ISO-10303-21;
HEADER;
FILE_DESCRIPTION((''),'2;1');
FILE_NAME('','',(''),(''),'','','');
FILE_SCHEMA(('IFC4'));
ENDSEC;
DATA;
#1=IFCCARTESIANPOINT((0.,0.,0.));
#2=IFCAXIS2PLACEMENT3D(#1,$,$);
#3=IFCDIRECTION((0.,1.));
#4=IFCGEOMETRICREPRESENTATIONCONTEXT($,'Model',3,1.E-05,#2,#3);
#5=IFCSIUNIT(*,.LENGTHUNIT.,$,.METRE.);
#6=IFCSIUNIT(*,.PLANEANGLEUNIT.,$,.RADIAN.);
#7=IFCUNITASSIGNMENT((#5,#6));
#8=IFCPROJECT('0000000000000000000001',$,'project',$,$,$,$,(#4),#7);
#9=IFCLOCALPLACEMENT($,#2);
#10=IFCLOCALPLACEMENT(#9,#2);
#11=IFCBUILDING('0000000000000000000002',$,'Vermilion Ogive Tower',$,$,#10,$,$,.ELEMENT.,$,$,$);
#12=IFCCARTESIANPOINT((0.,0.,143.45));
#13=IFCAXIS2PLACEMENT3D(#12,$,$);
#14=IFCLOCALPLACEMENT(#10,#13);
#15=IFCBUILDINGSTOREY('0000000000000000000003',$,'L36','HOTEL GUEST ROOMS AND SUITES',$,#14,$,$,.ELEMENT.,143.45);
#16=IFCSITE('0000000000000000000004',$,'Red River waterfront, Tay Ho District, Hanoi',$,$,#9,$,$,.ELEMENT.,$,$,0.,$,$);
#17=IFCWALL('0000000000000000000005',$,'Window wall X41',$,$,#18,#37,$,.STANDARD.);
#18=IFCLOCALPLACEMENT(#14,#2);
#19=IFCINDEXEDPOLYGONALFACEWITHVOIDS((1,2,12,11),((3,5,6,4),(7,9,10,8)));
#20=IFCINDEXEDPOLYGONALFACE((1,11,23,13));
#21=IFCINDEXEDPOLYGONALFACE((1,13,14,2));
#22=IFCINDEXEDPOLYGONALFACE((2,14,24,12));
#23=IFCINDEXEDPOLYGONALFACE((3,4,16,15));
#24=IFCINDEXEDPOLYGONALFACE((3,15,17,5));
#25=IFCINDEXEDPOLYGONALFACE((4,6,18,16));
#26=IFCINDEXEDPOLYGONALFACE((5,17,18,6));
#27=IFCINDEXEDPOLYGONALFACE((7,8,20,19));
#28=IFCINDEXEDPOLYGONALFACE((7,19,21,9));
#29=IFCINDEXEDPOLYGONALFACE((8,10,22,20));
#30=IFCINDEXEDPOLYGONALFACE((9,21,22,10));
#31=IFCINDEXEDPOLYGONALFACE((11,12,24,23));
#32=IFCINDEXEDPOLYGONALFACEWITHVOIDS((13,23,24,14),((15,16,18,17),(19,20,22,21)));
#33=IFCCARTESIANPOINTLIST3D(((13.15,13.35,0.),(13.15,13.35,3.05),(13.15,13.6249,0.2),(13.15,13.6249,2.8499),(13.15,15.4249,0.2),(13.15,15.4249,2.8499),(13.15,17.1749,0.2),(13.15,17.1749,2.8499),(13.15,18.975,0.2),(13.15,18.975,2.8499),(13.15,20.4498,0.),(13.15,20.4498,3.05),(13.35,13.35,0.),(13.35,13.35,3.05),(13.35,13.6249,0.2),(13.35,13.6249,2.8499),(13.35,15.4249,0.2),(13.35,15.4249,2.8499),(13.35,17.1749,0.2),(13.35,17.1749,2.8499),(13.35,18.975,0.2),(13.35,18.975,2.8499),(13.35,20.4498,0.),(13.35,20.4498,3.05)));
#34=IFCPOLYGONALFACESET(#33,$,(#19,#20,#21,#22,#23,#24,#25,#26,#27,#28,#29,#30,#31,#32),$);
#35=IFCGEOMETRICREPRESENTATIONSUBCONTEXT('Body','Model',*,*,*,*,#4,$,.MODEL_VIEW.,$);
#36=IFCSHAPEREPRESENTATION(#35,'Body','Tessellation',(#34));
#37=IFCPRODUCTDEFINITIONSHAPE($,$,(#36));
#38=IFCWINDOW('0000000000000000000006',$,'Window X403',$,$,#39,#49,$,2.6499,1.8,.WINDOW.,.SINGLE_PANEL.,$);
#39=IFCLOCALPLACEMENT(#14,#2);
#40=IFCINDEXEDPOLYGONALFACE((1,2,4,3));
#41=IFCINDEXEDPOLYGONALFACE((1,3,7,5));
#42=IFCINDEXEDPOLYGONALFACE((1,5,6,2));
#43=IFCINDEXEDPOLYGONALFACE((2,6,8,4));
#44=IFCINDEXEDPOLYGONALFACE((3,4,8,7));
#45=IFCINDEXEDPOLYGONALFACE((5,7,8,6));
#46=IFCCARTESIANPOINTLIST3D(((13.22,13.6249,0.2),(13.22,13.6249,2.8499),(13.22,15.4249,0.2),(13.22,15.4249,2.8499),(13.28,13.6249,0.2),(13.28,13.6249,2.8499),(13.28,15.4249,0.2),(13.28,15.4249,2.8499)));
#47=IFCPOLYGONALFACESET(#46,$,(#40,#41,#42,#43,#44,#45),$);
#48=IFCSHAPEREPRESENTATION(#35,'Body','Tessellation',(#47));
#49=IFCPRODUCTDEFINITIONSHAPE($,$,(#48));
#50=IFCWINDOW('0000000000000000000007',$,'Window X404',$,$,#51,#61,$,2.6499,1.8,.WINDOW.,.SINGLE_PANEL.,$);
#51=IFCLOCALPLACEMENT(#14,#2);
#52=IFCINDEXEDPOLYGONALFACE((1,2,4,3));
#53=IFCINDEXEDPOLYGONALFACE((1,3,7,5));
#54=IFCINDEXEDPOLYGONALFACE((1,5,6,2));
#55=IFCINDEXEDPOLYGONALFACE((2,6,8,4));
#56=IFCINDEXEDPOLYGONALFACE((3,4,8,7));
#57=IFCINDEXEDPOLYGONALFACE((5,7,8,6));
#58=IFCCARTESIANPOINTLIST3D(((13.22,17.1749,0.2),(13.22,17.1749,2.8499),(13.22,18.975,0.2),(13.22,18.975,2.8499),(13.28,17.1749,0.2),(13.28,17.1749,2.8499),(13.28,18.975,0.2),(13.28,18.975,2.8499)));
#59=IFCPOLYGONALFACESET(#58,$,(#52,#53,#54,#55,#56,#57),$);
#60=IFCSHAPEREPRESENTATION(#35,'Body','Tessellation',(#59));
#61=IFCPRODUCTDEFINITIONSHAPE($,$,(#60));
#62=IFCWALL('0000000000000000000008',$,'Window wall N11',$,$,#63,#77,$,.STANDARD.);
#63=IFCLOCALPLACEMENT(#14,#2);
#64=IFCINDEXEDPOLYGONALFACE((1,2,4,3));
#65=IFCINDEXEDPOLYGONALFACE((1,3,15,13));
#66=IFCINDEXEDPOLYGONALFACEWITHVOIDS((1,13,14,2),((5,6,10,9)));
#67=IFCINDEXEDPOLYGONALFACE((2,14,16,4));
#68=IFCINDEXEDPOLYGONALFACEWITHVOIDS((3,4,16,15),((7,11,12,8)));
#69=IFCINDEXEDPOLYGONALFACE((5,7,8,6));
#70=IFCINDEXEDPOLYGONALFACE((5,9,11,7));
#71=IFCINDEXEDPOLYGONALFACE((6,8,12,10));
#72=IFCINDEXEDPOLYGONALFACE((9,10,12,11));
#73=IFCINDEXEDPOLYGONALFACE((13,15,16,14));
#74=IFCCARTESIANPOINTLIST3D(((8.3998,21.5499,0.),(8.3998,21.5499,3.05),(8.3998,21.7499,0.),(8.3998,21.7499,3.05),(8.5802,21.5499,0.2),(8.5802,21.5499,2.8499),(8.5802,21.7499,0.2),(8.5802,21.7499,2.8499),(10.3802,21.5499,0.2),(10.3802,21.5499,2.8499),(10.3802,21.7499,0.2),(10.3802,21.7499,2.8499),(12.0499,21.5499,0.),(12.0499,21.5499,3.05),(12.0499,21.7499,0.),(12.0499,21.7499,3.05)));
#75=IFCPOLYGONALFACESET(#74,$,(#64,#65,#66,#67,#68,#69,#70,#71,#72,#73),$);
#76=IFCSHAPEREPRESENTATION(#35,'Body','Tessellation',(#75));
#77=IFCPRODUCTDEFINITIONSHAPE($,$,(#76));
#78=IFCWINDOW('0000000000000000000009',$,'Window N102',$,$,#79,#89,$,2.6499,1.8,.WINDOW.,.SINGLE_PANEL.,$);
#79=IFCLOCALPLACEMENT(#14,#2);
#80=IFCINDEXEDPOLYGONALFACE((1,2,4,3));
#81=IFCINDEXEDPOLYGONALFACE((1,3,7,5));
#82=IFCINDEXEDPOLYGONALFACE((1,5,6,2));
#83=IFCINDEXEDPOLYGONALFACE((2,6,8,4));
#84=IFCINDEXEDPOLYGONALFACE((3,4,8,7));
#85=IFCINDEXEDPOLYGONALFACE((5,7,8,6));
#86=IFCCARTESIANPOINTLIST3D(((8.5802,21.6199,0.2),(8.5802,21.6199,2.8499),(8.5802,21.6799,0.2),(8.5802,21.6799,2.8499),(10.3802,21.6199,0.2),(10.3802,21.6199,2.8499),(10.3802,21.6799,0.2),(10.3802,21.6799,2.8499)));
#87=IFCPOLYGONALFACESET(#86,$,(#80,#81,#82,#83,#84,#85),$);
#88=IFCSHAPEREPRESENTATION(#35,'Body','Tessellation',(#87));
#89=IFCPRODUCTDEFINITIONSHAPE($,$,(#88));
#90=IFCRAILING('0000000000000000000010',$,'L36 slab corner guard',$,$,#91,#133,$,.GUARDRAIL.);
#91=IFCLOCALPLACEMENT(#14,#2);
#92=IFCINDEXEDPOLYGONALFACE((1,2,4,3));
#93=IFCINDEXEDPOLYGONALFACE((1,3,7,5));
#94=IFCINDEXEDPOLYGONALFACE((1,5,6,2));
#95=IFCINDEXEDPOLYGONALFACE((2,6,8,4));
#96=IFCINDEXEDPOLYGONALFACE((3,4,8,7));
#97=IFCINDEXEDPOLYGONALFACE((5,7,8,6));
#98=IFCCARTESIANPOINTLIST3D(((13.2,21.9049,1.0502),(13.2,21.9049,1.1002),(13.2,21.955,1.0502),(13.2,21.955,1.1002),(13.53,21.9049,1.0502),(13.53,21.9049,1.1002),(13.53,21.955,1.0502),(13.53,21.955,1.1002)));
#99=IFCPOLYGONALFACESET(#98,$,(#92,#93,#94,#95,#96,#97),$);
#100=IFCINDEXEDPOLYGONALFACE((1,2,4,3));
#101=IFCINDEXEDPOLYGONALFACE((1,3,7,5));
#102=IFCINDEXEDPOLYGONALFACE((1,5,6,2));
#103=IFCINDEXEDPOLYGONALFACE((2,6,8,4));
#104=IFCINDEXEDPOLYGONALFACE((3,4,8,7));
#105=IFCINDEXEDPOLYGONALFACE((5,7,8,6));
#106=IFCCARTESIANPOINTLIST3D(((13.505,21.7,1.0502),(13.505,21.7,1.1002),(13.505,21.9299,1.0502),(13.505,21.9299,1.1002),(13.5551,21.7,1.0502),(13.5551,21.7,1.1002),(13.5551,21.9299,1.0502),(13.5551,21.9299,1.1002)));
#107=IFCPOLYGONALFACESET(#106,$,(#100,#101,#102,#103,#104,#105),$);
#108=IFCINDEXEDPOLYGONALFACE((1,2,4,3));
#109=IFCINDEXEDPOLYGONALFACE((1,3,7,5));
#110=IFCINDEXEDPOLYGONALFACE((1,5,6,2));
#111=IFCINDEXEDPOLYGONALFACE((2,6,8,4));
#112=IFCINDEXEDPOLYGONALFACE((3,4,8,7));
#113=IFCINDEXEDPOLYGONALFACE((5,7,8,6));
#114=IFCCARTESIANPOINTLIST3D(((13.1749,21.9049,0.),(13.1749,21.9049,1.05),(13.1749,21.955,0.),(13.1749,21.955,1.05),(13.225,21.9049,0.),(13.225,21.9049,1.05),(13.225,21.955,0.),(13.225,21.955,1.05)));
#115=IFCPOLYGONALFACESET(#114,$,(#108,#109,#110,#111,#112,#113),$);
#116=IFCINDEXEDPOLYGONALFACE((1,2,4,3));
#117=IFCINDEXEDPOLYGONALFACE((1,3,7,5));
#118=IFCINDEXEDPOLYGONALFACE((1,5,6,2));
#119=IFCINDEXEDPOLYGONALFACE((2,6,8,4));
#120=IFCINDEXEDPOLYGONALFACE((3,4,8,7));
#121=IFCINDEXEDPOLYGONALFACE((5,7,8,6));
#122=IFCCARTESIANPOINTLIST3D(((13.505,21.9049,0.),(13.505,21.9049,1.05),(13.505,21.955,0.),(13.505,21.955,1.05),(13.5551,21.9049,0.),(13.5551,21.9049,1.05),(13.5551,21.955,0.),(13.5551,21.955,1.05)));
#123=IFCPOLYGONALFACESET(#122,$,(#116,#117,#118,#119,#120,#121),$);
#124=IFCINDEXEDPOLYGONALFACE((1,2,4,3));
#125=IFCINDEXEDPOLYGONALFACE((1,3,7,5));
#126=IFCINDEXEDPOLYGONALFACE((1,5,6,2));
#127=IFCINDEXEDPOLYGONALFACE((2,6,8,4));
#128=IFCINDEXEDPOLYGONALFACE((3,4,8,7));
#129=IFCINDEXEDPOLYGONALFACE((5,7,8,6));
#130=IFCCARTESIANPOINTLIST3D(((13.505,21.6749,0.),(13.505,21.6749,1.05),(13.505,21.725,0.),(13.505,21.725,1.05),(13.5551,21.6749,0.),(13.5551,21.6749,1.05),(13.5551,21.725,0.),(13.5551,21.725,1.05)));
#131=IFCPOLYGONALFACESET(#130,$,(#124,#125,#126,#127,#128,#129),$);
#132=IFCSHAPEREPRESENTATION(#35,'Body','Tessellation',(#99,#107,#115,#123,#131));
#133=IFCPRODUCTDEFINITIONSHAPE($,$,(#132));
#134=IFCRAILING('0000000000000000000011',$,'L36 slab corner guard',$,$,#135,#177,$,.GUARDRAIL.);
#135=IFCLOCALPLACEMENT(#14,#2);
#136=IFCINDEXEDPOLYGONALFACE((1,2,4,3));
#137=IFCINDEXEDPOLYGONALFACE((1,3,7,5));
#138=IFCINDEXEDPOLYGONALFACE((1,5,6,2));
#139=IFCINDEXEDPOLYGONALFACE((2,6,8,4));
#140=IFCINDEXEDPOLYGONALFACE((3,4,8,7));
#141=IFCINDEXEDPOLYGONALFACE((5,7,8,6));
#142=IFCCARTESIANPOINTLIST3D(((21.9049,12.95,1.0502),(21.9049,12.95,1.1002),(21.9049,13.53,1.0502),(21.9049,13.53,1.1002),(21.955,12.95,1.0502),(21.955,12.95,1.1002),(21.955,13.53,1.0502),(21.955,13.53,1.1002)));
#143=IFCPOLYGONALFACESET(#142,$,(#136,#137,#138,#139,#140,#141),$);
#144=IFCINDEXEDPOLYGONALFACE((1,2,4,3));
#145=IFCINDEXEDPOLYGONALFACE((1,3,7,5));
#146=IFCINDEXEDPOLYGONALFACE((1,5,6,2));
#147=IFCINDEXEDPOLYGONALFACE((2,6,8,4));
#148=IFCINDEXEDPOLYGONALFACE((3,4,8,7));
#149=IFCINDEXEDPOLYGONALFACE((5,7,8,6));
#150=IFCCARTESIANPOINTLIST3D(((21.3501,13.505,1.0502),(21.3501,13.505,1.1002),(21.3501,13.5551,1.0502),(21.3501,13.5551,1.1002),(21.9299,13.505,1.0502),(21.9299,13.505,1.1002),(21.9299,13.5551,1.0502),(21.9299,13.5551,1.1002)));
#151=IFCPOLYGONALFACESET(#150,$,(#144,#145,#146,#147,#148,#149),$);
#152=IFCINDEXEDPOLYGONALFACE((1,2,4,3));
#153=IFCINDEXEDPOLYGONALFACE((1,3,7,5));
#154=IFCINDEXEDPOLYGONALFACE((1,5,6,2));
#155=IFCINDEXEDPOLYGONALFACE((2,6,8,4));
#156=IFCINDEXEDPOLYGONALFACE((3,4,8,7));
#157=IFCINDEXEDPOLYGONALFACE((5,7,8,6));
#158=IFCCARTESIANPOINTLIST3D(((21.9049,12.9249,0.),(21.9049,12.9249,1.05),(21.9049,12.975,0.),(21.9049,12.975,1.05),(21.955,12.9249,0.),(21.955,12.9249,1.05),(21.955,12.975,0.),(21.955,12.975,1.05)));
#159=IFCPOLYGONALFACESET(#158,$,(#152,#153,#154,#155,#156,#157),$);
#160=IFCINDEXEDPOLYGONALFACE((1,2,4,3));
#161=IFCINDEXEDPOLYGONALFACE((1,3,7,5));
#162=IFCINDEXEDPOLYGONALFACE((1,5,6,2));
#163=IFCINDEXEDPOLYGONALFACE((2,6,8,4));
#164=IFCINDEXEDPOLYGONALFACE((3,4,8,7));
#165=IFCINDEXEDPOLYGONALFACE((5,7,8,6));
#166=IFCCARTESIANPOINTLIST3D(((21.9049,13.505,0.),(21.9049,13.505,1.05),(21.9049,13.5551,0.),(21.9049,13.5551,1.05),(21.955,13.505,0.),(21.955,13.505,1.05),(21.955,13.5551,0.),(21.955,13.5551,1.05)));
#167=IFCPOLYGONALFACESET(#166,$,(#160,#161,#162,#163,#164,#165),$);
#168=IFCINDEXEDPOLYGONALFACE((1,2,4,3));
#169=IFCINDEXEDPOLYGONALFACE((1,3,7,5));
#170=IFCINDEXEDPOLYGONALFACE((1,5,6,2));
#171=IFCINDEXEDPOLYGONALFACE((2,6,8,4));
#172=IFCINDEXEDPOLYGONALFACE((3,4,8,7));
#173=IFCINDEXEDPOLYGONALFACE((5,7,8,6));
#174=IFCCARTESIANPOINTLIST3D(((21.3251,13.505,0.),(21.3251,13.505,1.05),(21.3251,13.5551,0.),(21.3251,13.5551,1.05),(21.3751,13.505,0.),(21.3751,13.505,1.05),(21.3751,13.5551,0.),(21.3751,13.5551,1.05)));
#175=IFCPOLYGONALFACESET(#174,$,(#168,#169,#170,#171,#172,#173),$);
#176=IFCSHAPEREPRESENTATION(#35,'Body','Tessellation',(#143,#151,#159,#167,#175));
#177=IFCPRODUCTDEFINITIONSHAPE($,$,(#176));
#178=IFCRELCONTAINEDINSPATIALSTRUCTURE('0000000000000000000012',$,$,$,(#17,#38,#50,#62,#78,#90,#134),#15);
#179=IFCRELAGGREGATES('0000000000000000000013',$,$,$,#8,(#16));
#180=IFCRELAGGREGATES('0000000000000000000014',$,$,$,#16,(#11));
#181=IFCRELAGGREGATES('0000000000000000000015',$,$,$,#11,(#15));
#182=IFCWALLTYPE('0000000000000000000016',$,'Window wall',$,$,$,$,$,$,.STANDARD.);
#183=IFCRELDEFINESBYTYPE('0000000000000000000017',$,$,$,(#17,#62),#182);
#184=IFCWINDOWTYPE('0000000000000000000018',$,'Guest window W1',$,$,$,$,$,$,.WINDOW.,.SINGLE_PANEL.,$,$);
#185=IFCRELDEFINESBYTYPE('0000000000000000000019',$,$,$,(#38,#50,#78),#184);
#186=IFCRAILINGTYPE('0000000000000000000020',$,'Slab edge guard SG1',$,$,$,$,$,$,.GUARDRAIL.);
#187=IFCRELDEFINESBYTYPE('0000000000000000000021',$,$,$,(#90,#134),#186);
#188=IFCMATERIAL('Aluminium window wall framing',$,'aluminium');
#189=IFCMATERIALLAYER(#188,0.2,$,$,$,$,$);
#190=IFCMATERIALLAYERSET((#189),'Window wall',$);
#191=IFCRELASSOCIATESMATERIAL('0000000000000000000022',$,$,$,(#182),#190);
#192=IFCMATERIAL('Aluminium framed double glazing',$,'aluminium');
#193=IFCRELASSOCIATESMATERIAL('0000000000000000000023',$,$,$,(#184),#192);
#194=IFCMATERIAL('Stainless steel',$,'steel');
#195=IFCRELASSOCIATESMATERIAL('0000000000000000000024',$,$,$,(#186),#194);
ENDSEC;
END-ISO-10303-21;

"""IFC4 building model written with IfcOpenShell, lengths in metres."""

from ifc_helpers import new_model, si_unit, direction, frame, frame_2d, origin, origin_2d, place, context, subcontext, project, spatial, rectangle, extrude, material, layer, layer_set, type_object, element, fill, save


model = new_model("IFC4")

# Units and contexts
model_context = context("Model", 3, precision=1e-05, world=origin(), true_north=direction((0.0, 1.0)))
body_context = subcontext(model_context, "Body", "Model", "MODEL_VIEW")
ifc_project = project(units=[si_unit("LENGTHUNIT", "METRE"), si_unit("PLANEANGLEUNIT", "RADIAN")], contexts=[model_context])

# Site, building, storey
site_placement = place(None, origin())
site = spatial("IfcSite", under=ifc_project, at=site_placement, Name="Red River waterfront, Tay Ho District, Hanoi", CompositionType="ELEMENT", RefElevation=0.0)
building_placement = place(site_placement, origin())
building = spatial("IfcBuilding", under=site, at=building_placement, Name="Vermilion Ogive Tower", CompositionType="ELEMENT")
storey_placement = place(building_placement, frame((0.0, 0.0, 143.45)))
storey = spatial("IfcBuildingStorey", under=building, at=storey_placement, Name="L36", Description="HOTEL GUEST ROOMS AND SUITES", CompositionType="ELEMENT", Elevation=143.45)

# Shared definitions
ifc_material_1 = material(Name="Aluminium window wall framing", Category="aluminium")
ifc_layer_1 = layer(ifc_material_1, 0.2)
ifc_layer_set_1 = layer_set([ifc_layer_1], Name="Window wall")
wall_type_1 = type_object("IfcWallType", Name="Window wall", PredefinedType="STANDARD", material=ifc_layer_set_1)

# Wall, openings, windows
wall_1_placement = place(storey_placement, frame((13.25, 13.3501, 0.0), z_axis=(0.0, 0.0, 1.0), x_axis=(0.0, 1.0, 0.0)))
wall_1 = element("IfcWall", 1, at=wall_1_placement, inside=storey, type_object=wall_type_1, Name="Window wall X41", PredefinedType="STANDARD", context=body_context, shape_type="SweptSolid", body=[
    extrude(rectangle(XDim=7.0999, YDim=0.2, at=frame_2d((3.5498, 0.0))), origin(), (0.0, 0.0, 1.0), 3.05),
])
opening_1_placement = place(wall_1_placement, frame((0.2749, 0.0, 0.2)))
opening_1 = element("IfcOpeningElement", 2, at=opening_1_placement, cuts=wall_1, PredefinedType="OPENING", context=body_context, shape_type="SweptSolid", body=[
    extrude(rectangle(XDim=1.8, YDim=2.6499, at=frame_2d((0.8999, 1.325))), frame((0.0, 0.1099, 0.0), z_axis=(0.0, -1.0, 0.0), x_axis=(1.0, 0.0, 0.0)), (0.0, 0.0, 1.0), 0.22),
])
opening_2_placement = place(wall_1_placement, frame((3.825, 0.0, 0.2)))
opening_2 = element("IfcOpeningElement", 3, at=opening_2_placement, cuts=wall_1, PredefinedType="OPENING", context=body_context, shape_type="SweptSolid", body=[
    extrude(rectangle(XDim=1.8, YDim=2.6499, at=frame_2d((0.8999, 1.325))), frame((0.0, 0.1099, 0.0), z_axis=(0.0, -1.0, 0.0), x_axis=(1.0, 0.0, 0.0)), (0.0, 0.0, 1.0), 0.22),
])
ifc_material_2 = material(Name="Aluminium framed double glazing", Category="aluminium")
window_type = type_object("IfcWindowType", Name="Guest window W1", PartitioningType="SINGLE_PANEL", PredefinedType="WINDOW", material=ifc_material_2)
window_1_placement = place(opening_1_placement, origin())
window_1 = element("IfcWindow", 4, at=window_1_placement, inside=storey, type_object=window_type, Name="Window X403", OverallHeight=2.6499, OverallWidth=1.8, PartitioningType="SINGLE_PANEL", PredefinedType="WINDOW", context=body_context, shape_type="SweptSolid", body=[
    extrude(rectangle(XDim=1.8, YDim=2.6499, at=frame_2d((0.8999, 1.325))), frame((0.0, 0.03, 0.0), z_axis=(0.0, -1.0, 0.0), x_axis=(1.0, 0.0, 0.0)), (0.0, 0.0, 1.0), 0.0601),
])
fill(opening_1, window_1)
window_2_placement = place(opening_2_placement, origin())
window_2 = element("IfcWindow", 5, at=window_2_placement, inside=storey, type_object=window_type, Name="Window X404", OverallHeight=2.6499, OverallWidth=1.8, PartitioningType="SINGLE_PANEL", PredefinedType="WINDOW", context=body_context, shape_type="SweptSolid", body=[
    extrude(rectangle(XDim=1.8, YDim=2.6499, at=frame_2d((0.8999, 1.325))), frame((0.0, 0.03, 0.0), z_axis=(0.0, -1.0, 0.0), x_axis=(1.0, 0.0, 0.0)), (0.0, 0.0, 1.0), 0.0601),
])
fill(opening_2, window_2)

# Wall, opening, window
wall_2_placement = place(storey_placement, frame((12.05, 21.6499, 0.0), z_axis=(0.0, 0.0, 1.0), x_axis=(-1.0, 0.0, 0.0)))
wall_2 = element("IfcWall", 6, at=wall_2_placement, inside=storey, type_object=wall_type_1, Name="Window wall N11", PredefinedType="STANDARD", context=body_context, shape_type="SweptSolid", body=[
    extrude(rectangle(XDim=3.6501, YDim=0.2, at=frame_2d((1.8252, 0.0))), origin(), (0.0, 0.0, 1.0), 3.05),
])
opening_3_placement = place(wall_2_placement, frame((1.6699, 0.0, 0.2)))
opening_3 = element("IfcOpeningElement", 7, at=opening_3_placement, cuts=wall_2, PredefinedType="OPENING", context=body_context, shape_type="SweptSolid", body=[
    extrude(rectangle(XDim=1.8, YDim=2.6499, at=frame_2d((0.8999, 1.325))), frame((0.0, 0.1099, 0.0), z_axis=(0.0, -1.0, 0.0), x_axis=(1.0, 0.0, 0.0)), (0.0, 0.0, 1.0), 0.22),
])
window_3_placement = place(opening_3_placement, origin())
window_3 = element("IfcWindow", 8, at=window_3_placement, inside=storey, type_object=window_type, Name="Window N102", OverallHeight=2.6499, OverallWidth=1.8, PartitioningType="SINGLE_PANEL", PredefinedType="WINDOW", context=body_context, shape_type="SweptSolid", body=[
    extrude(rectangle(XDim=1.8, YDim=2.6499, at=frame_2d((0.8999, 1.325))), frame((0.0, 0.03, 0.0), z_axis=(0.0, -1.0, 0.0), x_axis=(1.0, 0.0, 0.0)), (0.0, 0.0, 1.0), 0.0601),
])
fill(opening_3, window_3)

# Railings
ifc_material_3 = material(Name="Stainless steel", Category="steel")
railing_type = type_object("IfcRailingType", Name="Slab edge guard SG1", PredefinedType="GUARDRAIL", material=ifc_material_3)
railing_1_placement = place(storey_placement, frame((13.2, 21.9299, 0.0)))
element("IfcRailing", 9, at=railing_1_placement, inside=storey, type_object=railing_type, Name="L36 slab corner guard", PredefinedType="GUARDRAIL", context=body_context, shape_type="SweptSolid", body=[
    extrude(rectangle(XDim=0.05, YDim=0.05, at=origin_2d()), frame((0.0, 0.0, 1.0752), z_axis=(1.0, 0.0, 0.0), x_axis=(0.0, 1.0, 0.0)), (0.0, 0.0, 1.0), 0.3301),
    extrude(rectangle(XDim=0.05, YDim=0.05, at=origin_2d()), frame((0.3301, 0.0, 1.0752), z_axis=(0.0, -1.0, 0.0), x_axis=(1.0, 0.0, 0.0)), (0.0, 0.0, 1.0), 0.23),
    extrude(rectangle(XDim=0.05, YDim=0.05, at=origin_2d()), origin(), (0.0, 0.0, 1.0), 1.05),
    extrude(rectangle(XDim=0.05, YDim=0.05, at=origin_2d()), frame((0.3301, 0.0, 0.0)), (0.0, 0.0, 1.0), 1.05),
    extrude(rectangle(XDim=0.05, YDim=0.05, at=origin_2d()), frame((0.3301, -0.23, 0.0)), (0.0, 0.0, 1.0), 1.05),
])
railing_2_placement = place(storey_placement, frame((21.9299, 12.95, 0.0)))
element("IfcRailing", 10, at=railing_2_placement, inside=storey, type_object=railing_type, Name="L36 slab corner guard", PredefinedType="GUARDRAIL", context=body_context, shape_type="SweptSolid", body=[
    extrude(rectangle(XDim=0.05, YDim=0.05, at=origin_2d()), frame((0.0, 0.0, 1.0752), z_axis=(0.0, 1.0, 0.0), x_axis=(-1.0, 0.0, 0.0)), (0.0, 0.0, 1.0), 0.5801),
    extrude(rectangle(XDim=0.05, YDim=0.05, at=origin_2d()), frame((0.0, 0.5801, 1.0752), z_axis=(-1.0, 0.0, 0.0), x_axis=(0.0, -1.0, 0.0)), (0.0, 0.0, 1.0), 0.5798),
    extrude(rectangle(XDim=0.05, YDim=0.05, at=origin_2d()), origin(), (0.0, 0.0, 1.0), 1.05),
    extrude(rectangle(XDim=0.05, YDim=0.05, at=origin_2d()), frame((0.0, 0.5801, 0.0)), (0.0, 0.0, 1.0), 1.05),
    extrude(rectangle(XDim=0.05, YDim=0.05, at=origin_2d()), frame((-0.5798, 0.5801, 0.0)), (0.0, 0.0, 1.0), 1.05),
])

save(model, "model.ifc")
